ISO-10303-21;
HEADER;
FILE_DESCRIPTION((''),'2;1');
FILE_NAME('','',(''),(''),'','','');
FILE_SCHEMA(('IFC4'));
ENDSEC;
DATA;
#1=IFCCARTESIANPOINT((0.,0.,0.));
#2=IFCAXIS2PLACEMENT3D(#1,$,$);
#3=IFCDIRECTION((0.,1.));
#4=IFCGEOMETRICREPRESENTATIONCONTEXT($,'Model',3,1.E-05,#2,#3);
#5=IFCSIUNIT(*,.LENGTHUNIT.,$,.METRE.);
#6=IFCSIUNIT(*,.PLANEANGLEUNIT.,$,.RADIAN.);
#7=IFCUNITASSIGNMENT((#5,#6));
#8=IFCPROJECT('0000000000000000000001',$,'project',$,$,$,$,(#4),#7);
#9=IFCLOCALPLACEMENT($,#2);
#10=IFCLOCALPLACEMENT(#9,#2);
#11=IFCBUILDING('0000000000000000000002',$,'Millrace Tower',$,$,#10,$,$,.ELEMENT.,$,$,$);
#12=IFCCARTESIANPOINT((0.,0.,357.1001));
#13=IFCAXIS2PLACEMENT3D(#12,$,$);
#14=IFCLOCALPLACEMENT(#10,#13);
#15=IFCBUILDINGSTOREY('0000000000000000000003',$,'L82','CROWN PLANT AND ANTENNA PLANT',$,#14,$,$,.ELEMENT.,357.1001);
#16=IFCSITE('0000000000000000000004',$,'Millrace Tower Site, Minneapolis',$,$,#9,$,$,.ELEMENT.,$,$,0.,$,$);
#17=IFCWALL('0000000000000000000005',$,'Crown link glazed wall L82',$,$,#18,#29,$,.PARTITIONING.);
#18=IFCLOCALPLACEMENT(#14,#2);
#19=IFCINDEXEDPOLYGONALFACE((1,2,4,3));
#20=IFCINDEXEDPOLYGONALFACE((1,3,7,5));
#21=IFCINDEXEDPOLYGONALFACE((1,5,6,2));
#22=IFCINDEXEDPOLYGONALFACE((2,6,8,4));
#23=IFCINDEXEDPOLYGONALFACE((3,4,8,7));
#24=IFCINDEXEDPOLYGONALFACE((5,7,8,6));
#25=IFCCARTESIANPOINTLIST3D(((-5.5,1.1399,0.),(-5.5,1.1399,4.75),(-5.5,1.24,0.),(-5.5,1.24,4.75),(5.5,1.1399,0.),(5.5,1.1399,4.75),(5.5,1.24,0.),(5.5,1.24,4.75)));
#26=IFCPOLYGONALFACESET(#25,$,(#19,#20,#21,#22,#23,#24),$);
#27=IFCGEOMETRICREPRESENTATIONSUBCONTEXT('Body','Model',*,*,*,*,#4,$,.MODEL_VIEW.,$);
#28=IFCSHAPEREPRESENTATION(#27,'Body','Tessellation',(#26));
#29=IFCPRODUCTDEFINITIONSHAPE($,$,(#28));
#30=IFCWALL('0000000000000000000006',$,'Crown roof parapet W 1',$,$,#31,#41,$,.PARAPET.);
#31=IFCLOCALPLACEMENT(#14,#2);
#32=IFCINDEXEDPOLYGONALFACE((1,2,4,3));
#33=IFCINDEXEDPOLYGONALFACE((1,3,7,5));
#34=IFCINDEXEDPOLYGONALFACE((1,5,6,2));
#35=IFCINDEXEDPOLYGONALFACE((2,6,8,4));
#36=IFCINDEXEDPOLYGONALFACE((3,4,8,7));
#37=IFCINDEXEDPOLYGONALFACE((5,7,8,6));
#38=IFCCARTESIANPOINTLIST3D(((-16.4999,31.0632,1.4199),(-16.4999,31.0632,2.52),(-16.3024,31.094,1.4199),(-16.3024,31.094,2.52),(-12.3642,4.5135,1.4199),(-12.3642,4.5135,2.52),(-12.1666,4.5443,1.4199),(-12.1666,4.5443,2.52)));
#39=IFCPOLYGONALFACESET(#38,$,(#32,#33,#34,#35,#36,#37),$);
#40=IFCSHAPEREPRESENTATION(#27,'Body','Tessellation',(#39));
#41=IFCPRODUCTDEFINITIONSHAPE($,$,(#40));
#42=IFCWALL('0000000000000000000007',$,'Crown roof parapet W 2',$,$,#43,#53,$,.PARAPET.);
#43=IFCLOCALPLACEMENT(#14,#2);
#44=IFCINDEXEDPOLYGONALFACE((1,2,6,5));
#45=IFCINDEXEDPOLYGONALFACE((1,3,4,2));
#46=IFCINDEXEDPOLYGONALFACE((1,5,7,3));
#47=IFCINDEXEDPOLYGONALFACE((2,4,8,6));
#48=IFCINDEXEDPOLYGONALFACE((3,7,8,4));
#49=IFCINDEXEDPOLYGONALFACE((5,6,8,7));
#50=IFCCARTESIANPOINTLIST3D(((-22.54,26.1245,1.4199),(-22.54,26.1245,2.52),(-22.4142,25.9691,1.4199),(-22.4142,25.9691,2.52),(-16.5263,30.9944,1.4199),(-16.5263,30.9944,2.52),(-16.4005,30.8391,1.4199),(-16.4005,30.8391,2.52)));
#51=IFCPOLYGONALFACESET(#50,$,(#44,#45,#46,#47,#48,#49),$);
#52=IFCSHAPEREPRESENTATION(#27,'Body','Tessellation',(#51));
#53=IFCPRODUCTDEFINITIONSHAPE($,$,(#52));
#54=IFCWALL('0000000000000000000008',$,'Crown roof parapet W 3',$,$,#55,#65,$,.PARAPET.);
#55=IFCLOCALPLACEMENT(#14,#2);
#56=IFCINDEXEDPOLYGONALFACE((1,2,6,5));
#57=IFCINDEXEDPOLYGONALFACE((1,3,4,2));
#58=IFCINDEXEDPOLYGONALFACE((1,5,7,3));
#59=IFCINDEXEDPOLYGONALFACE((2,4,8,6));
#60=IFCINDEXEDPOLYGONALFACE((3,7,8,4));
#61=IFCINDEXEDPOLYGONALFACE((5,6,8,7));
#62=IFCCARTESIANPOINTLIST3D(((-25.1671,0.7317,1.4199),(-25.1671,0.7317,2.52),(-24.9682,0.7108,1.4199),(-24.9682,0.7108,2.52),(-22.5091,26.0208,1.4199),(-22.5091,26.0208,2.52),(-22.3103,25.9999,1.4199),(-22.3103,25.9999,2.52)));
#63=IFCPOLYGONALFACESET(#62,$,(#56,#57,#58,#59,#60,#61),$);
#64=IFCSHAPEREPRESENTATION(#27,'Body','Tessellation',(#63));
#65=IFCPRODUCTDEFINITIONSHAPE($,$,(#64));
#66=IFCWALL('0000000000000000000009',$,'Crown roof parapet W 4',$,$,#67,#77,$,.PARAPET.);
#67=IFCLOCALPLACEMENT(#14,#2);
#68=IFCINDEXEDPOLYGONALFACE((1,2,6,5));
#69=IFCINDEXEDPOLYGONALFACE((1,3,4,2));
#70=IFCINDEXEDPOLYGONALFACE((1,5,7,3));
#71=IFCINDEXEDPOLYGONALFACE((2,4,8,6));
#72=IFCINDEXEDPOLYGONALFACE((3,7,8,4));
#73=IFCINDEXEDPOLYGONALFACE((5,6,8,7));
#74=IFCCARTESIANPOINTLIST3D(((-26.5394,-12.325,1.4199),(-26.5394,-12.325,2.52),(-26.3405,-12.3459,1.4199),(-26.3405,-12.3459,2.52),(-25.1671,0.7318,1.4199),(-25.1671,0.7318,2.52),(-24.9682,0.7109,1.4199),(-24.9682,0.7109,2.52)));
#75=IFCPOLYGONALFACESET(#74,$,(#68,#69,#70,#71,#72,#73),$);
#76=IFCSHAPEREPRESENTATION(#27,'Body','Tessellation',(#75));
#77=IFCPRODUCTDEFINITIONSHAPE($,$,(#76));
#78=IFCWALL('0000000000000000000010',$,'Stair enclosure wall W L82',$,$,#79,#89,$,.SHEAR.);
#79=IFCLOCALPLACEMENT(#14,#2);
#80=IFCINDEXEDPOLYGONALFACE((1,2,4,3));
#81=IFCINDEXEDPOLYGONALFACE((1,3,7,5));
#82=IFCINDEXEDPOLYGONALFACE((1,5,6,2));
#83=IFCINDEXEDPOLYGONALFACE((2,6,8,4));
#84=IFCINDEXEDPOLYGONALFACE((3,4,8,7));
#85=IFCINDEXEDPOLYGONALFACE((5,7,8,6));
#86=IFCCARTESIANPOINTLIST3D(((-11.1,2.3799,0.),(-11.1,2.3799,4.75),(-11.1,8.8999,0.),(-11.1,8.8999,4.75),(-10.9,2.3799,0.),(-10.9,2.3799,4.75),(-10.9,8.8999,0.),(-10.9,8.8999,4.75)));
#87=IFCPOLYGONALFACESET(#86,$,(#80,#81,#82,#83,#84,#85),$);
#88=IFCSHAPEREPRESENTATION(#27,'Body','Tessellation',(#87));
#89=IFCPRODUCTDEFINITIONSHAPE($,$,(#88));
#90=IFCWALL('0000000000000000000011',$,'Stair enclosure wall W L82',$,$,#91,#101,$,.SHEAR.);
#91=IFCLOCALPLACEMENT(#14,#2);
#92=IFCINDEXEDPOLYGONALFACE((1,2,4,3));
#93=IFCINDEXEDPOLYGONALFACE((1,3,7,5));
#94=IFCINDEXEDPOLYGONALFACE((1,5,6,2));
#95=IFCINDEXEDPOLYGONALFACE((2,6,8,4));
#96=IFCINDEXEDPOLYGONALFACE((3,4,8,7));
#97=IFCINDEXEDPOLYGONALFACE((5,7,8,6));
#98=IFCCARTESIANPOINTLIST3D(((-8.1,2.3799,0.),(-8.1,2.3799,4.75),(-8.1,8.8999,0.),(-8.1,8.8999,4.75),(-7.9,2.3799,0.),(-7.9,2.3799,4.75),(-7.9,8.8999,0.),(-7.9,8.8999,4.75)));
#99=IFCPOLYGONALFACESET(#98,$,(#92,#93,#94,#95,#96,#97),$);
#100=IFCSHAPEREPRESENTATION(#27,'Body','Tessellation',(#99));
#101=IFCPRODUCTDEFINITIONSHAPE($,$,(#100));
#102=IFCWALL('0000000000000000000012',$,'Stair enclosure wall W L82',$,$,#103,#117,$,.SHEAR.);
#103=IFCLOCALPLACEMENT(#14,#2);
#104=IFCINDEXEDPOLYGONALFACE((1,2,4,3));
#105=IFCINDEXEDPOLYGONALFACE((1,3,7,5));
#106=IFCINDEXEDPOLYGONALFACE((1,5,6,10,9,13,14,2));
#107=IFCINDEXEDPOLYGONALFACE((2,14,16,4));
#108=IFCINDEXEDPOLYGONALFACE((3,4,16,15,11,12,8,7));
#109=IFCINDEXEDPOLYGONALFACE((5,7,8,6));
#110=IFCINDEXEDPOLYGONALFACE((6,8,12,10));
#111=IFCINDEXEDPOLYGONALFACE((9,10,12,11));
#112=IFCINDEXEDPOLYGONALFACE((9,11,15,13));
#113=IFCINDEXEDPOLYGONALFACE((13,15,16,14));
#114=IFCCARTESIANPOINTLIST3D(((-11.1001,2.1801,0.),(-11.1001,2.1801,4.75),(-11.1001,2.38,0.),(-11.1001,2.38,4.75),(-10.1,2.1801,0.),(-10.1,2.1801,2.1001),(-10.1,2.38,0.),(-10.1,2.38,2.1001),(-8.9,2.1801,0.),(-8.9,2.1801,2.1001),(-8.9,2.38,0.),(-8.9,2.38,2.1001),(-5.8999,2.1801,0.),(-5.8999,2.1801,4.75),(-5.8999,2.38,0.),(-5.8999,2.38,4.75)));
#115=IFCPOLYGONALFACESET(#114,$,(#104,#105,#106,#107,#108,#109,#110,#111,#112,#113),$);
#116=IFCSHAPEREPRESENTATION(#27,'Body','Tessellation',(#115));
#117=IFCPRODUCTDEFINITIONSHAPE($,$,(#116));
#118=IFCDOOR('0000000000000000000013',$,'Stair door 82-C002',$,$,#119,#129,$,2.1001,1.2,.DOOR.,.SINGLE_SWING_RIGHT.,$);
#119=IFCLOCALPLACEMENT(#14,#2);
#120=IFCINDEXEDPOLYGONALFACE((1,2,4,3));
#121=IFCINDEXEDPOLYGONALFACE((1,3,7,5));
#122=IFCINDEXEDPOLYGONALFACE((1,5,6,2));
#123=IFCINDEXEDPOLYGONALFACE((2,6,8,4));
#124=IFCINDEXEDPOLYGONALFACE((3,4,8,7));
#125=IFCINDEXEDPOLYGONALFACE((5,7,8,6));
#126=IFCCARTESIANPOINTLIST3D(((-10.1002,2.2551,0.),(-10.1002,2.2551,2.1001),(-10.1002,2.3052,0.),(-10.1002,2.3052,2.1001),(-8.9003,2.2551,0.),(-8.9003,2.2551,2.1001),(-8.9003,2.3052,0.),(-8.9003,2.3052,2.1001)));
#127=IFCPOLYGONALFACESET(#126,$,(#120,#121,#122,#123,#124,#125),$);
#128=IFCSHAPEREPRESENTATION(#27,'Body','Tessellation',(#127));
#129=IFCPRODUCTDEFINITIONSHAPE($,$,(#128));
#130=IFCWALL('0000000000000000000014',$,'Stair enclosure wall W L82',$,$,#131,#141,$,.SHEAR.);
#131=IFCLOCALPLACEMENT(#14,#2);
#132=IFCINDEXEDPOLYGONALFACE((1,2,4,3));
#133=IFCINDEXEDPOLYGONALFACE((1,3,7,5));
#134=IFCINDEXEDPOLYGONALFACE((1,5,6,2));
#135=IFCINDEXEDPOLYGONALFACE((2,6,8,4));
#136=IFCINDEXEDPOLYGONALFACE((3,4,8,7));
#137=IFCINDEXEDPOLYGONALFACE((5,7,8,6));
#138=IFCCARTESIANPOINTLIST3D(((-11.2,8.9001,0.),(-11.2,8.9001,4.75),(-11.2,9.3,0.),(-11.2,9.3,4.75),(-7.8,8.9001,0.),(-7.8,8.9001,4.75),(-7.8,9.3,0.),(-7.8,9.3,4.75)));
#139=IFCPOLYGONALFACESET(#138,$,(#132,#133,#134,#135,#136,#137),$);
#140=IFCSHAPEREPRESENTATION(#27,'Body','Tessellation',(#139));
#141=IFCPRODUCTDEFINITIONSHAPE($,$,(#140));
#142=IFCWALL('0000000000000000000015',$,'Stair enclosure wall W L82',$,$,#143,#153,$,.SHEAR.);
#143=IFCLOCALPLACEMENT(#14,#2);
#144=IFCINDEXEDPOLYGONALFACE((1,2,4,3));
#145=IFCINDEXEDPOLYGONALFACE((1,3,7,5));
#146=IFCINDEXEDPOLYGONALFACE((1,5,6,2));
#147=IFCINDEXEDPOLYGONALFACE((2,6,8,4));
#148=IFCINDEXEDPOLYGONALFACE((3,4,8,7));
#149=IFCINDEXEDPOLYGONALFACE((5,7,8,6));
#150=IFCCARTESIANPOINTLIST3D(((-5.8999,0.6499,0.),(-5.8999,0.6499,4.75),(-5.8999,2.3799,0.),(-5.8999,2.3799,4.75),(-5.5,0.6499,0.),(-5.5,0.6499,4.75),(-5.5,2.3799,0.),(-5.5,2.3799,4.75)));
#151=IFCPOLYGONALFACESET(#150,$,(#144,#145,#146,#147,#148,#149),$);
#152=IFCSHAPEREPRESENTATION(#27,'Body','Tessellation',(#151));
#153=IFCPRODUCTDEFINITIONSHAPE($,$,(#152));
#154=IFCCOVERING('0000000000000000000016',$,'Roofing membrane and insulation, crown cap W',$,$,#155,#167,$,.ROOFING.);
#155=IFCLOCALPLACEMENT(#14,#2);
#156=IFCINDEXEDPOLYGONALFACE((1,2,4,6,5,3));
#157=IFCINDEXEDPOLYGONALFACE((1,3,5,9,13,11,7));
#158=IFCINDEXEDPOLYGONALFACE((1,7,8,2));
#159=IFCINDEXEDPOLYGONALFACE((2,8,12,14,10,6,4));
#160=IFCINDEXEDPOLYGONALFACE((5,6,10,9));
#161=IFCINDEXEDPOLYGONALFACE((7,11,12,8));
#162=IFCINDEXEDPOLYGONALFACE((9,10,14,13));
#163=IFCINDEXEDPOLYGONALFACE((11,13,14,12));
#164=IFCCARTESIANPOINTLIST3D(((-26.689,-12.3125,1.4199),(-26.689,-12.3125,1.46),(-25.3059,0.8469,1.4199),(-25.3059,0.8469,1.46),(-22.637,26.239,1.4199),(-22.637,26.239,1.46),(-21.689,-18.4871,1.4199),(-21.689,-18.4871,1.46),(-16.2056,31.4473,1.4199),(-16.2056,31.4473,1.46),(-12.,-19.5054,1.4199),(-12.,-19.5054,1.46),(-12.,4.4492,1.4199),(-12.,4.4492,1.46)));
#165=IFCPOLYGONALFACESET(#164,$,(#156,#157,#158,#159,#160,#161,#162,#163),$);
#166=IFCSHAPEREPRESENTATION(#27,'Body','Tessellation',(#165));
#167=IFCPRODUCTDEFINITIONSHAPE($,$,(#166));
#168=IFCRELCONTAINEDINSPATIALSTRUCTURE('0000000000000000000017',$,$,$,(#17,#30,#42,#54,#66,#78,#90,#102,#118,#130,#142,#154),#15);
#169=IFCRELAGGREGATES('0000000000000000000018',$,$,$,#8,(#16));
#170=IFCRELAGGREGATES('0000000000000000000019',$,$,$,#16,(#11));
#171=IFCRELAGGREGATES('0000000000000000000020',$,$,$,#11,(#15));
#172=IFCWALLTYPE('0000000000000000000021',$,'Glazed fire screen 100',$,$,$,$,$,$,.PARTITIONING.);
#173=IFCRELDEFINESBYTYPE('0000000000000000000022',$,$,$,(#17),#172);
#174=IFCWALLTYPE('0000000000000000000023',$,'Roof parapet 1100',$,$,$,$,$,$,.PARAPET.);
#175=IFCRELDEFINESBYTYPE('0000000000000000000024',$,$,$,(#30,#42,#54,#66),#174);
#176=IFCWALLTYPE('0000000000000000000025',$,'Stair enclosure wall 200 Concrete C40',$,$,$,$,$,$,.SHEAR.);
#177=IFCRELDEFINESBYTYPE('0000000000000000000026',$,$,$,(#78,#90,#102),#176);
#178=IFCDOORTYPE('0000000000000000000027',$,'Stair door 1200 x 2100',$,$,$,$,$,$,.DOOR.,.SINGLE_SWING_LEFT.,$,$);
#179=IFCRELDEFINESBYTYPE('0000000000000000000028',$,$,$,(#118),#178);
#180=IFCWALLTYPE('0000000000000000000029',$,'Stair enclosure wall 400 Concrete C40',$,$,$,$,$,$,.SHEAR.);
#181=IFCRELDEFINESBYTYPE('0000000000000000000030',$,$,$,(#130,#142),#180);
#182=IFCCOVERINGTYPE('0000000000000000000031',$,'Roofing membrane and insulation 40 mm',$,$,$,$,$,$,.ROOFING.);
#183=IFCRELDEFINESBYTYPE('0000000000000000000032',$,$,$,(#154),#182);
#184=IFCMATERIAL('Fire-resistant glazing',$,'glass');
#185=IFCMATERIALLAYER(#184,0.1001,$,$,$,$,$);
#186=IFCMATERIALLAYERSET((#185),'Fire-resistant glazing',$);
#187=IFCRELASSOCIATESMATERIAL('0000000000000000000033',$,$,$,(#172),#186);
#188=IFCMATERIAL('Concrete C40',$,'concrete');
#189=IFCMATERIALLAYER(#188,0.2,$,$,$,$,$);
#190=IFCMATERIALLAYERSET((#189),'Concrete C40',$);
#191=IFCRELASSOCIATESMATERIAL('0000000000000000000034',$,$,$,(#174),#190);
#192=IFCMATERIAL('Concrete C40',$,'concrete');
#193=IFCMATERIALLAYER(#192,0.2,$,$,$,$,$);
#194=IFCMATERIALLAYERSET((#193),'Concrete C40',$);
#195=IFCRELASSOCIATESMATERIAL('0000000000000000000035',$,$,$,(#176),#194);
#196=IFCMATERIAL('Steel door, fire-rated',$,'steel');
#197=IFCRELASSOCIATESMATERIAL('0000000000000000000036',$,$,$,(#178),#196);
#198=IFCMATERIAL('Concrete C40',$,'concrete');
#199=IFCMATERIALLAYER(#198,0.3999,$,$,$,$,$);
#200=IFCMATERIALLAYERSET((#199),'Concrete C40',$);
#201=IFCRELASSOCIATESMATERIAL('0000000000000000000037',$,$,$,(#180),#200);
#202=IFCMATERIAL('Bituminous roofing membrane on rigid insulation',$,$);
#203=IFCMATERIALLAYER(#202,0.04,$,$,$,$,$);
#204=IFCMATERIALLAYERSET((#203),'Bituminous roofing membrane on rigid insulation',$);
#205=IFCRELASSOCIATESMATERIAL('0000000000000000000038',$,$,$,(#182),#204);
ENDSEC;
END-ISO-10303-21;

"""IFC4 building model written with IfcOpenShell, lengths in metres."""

from ifc_helpers import new_model, si_unit, direction, frame, frame_2d, origin, place, context, subcontext, project, spatial, polyline, rectangle, outline, extrude, material, layer, layer_set, type_object, element, fill, save


model = new_model("IFC4")

# Units and contexts
model_context = context("Model", 3, precision=1e-05, world=origin(), true_north=direction((0.0, 1.0)))
body_context = subcontext(model_context, "Body", "Model", "MODEL_VIEW")
ifc_project = project(units=[si_unit("LENGTHUNIT", "METRE"), si_unit("PLANEANGLEUNIT", "RADIAN")], contexts=[model_context])

# Site, building, storey
site_placement = place(None, origin())
site = spatial("IfcSite", under=ifc_project, at=site_placement, Name="Millrace Tower Site, Minneapolis", CompositionType="ELEMENT", RefElevation=0.0)
building_placement = place(site_placement, origin())
building = spatial("IfcBuilding", under=site, at=building_placement, Name="Millrace Tower", CompositionType="ELEMENT")
storey_placement = place(building_placement, frame((0.0, 0.0, 357.1001)))
storey = spatial("IfcBuildingStorey", under=building, at=storey_placement, Name="L82", Description="CROWN PLANT AND ANTENNA PLANT", CompositionType="ELEMENT", Elevation=357.1001)

# Walls
ifc_material_1 = material(Name="Fire-resistant glazing", Category="glass")
ifc_layer_1 = layer(ifc_material_1, 0.1001)
ifc_layer_set_1 = layer_set([ifc_layer_1], Name="Fire-resistant glazing")
wall_type_1 = type_object("IfcWallType", Name="Glazed fire screen 100", PredefinedType="PARTITIONING", material=ifc_layer_set_1)
wall_1_placement = place(storey_placement, frame((-5.5, 1.1899, 0.0), z_axis=(0.0, 0.0, 1.0), x_axis=(1.0, 0.0, 0.0)))
element("IfcWall", 1, at=wall_1_placement, inside=storey, type_object=wall_type_1, Name="Crown link glazed wall L82", PredefinedType="PARTITIONING", context=body_context, shape_type="SweptSolid", body=[
    extrude(rectangle(XDim=11.0, YDim=0.1001, at=frame_2d((5.5, 0.0))), origin(), (0.0, 0.0, 1.0), 4.75),
])
ifc_material_2 = material(Name="Concrete C40", Category="concrete")
ifc_layer_2 = layer(ifc_material_2, 0.2)
ifc_layer_set_2 = layer_set([ifc_layer_2], Name="Concrete C40")
wall_type_2 = type_object("IfcWallType", Name="Roof parapet 1100", PredefinedType="PARAPET", material=ifc_layer_set_2)
wall_2_placement = place(storey_placement, frame((-12.2654, 4.5288, 1.4199), z_axis=(0.0, 0.0, 1.0), x_axis=(-0.153918, 0.988084, 0.0)))
element("IfcWall", 2, at=wall_2_placement, inside=storey, type_object=wall_type_2, Name="Crown roof parapet W 1", PredefinedType="PARAPET", context=body_context, shape_type="SweptSolid", body=[
    extrude(rectangle(XDim=26.8699, YDim=0.2, at=frame_2d((13.4351, 0.0))), origin(), (0.0, 0.0, 1.0), 1.1001),
])
wall_3_placement = place(storey_placement, frame((-16.4634, 30.9167, 1.4199), z_axis=(0.0, 0.0, 1.0), x_axis=(-0.77714, -0.629328, 0.0)))
element("IfcWall", 3, at=wall_3_placement, inside=storey, type_object=wall_type_2, Name="Crown roof parapet W 2", PredefinedType="PARAPET", context=body_context, shape_type="SweptSolid", body=[
    extrude(rectangle(XDim=7.7383, YDim=0.2, at=frame_2d((3.8691, 0.0))), origin(), (0.0, 0.0, 1.0), 1.1001),
])
wall_4_placement = place(storey_placement, frame((-22.4097, 26.0105, 1.4199), z_axis=(0.0, 0.0, 1.0), x_axis=(-0.104527, -0.994522, 0.0)))
element("IfcWall", 4, at=wall_4_placement, inside=storey, type_object=wall_type_2, Name="Crown roof parapet W 3", PredefinedType="PARAPET", context=body_context, shape_type="SweptSolid", body=[
    extrude(rectangle(XDim=25.4285, YDim=0.2, at=frame_2d((12.7144, 0.0))), origin(), (0.0, 0.0, 1.0), 1.1001),
])
wall_5_placement = place(storey_placement, frame((-25.0676, 0.7214, 1.4199), z_axis=(0.0, 0.0, 1.0), x_axis=(-0.104529, -0.994522, 0.0)))
element("IfcWall", 5, at=wall_5_placement, inside=storey, type_object=wall_type_2, Name="Crown roof parapet W 4", PredefinedType="PARAPET", context=body_context, shape_type="SweptSolid", body=[
    extrude(rectangle(XDim=13.1287, YDim=0.2, at=frame_2d((6.5645, 0.0))), origin(), (0.0, 0.0, 1.0), 1.1001),
])
ifc_material_3 = material(Name="Concrete C40", Category="concrete")
ifc_layer_3 = layer(ifc_material_3, 0.2)
ifc_layer_set_3 = layer_set([ifc_layer_3], Name="Concrete C40")
wall_type_3 = type_object("IfcWallType", Name="Stair enclosure wall 200 Concrete C40", PredefinedType="SHEAR", material=ifc_layer_set_3)
for number, where, z_axis, x_axis, name in (
    (6, (-11.0, 2.3799, 0.0), (0.0, 0.0, 1.0), (0.0, 1.0, 0.0), "Stair enclosure wall W L82"),
    (7, (-8.0, 2.3799, 0.0), (0.0, 0.0, 1.0), (0.0, 1.0, 0.0), "Stair enclosure wall W L82"),
):
    element("IfcWall", number, at=place(storey_placement, frame(where, z_axis=z_axis, x_axis=x_axis)), inside=storey, type_object=wall_type_3, Name=name, PredefinedType="SHEAR", context=body_context, shape_type="SweptSolid", body=[
        extrude(rectangle(XDim=6.52, YDim=0.2, at=frame_2d((3.26, 0.0))), origin(), (0.0, 0.0, 1.0), 4.75),
    ])

# Wall, opening, door
wall_6_placement = place(storey_placement, frame((-11.1001, 2.28, 0.0), z_axis=(0.0, 0.0, 1.0), x_axis=(1.0, 0.0, 0.0)))
wall_6 = element("IfcWall", 8, at=wall_6_placement, inside=storey, type_object=wall_type_3, Name="Stair enclosure wall W L82", PredefinedType="SHEAR", context=body_context, shape_type="SweptSolid", body=[
    extrude(rectangle(XDim=5.2002, YDim=0.2, at=frame_2d((2.6001, 0.0))), origin(), (0.0, 0.0, 1.0), 4.75),
])
opening_placement = place(wall_6_placement, frame((1.0, 0.0, 0.0)))
opening = element("IfcOpeningElement", 9, at=opening_placement, cuts=wall_6, PredefinedType="OPENING", context=body_context, shape_type="SweptSolid", body=[
    extrude(rectangle(XDim=1.2, YDim=2.1001, at=frame_2d((0.6001, 1.05))), frame((0.0, 0.1099, 0.0), z_axis=(0.0, -1.0, 0.0), x_axis=(1.0, 0.0, 0.0)), (0.0, 0.0, 1.0), 0.22),
])
ifc_material_4 = material(Name="Steel door, fire-rated", Category="steel")
door_type = type_object("IfcDoorType", Name="Stair door 1200 x 2100", OperationType="SINGLE_SWING_LEFT", PredefinedType="DOOR", material=ifc_material_4)
door_placement = place(opening_placement, frame((1.2, 0.0, 0.0), z_axis=(0.0, 0.0, 1.0), x_axis=(-1.0, 0.0, 0.0)))
door = element("IfcDoor", 10, at=door_placement, inside=storey, type_object=door_type, Name="Stair door 82-C002", OperationType="SINGLE_SWING_RIGHT", OverallHeight=2.1001, OverallWidth=1.2, PredefinedType="DOOR", context=body_context, shape_type="SweptSolid", body=[
    extrude(rectangle(XDim=1.2, YDim=2.1001, at=frame_2d((0.6001, 1.05))), frame((0.0, 0.0249, 0.0), z_axis=(0.0, -1.0, 0.0), x_axis=(1.0, 0.0, 0.0)), (0.0, 0.0, 1.0), 0.05),
])
fill(opening, door)

# Walls
ifc_material_5 = material(Name="Concrete C40", Category="concrete")
ifc_layer_4 = layer(ifc_material_5, 0.3999)
ifc_layer_set_4 = layer_set([ifc_layer_4], Name="Concrete C40")
wall_type_4 = type_object("IfcWallType", Name="Stair enclosure wall 400 Concrete C40", PredefinedType="SHEAR", material=ifc_layer_set_4)
wall_7_placement = place(storey_placement, frame((-11.2, 9.1001, 0.0), z_axis=(0.0, 0.0, 1.0), x_axis=(1.0, 0.0, 0.0)))
element("IfcWall", 11, at=wall_7_placement, inside=storey, type_object=wall_type_4, Name="Stair enclosure wall W L82", PredefinedType="SHEAR", context=body_context, shape_type="SweptSolid", body=[
    extrude(rectangle(XDim=3.3999, YDim=0.3999, at=frame_2d((1.7, 0.0))), origin(), (0.0, 0.0, 1.0), 4.75),
])
wall_8_placement = place(storey_placement, frame((-5.7, 0.6499, 0.0), z_axis=(0.0, 0.0, 1.0), x_axis=(0.0, 1.0, 0.0)))
element("IfcWall", 12, at=wall_8_placement, inside=storey, type_object=wall_type_4, Name="Stair enclosure wall W L82", PredefinedType="SHEAR", context=body_context, shape_type="SweptSolid", body=[
    extrude(rectangle(XDim=1.73, YDim=0.3999, at=frame_2d((0.865, 0.0))), origin(), (0.0, 0.0, 1.0), 4.75),
])

# Covering
ifc_material_6 = material(Name="Bituminous roofing membrane on rigid insulation")
ifc_layer_5 = layer(ifc_material_6, 0.04)
ifc_layer_set_5 = layer_set([ifc_layer_5], Name="Bituminous roofing membrane on rigid insulation")
covering_type = type_object("IfcCoveringType", Name="Roofing membrane and insulation 40 mm", PredefinedType="ROOFING", material=ifc_layer_set_5)
covering_placement = place(storey_placement, frame((0.0, 0.0, 1.4199)))
element("IfcCovering", 13, at=covering_placement, inside=storey, type_object=covering_type, Name="Roofing membrane and insulation, crown cap W", PredefinedType="ROOFING", context=body_context, shape_type="SweptSolid", body=[
    extrude(outline(polyline([(-12.0, -19.5054), (-12.0, 4.4492), (-16.2056, 31.4473), (-22.637, 26.239), (-25.3059, 0.8469), (-26.689, -12.3125), (-21.689, -18.4871), (-12.0, -19.5054)])), origin(), (0.0, 0.0, 1.0), 0.04),
])

save(model, "model.ifc")
